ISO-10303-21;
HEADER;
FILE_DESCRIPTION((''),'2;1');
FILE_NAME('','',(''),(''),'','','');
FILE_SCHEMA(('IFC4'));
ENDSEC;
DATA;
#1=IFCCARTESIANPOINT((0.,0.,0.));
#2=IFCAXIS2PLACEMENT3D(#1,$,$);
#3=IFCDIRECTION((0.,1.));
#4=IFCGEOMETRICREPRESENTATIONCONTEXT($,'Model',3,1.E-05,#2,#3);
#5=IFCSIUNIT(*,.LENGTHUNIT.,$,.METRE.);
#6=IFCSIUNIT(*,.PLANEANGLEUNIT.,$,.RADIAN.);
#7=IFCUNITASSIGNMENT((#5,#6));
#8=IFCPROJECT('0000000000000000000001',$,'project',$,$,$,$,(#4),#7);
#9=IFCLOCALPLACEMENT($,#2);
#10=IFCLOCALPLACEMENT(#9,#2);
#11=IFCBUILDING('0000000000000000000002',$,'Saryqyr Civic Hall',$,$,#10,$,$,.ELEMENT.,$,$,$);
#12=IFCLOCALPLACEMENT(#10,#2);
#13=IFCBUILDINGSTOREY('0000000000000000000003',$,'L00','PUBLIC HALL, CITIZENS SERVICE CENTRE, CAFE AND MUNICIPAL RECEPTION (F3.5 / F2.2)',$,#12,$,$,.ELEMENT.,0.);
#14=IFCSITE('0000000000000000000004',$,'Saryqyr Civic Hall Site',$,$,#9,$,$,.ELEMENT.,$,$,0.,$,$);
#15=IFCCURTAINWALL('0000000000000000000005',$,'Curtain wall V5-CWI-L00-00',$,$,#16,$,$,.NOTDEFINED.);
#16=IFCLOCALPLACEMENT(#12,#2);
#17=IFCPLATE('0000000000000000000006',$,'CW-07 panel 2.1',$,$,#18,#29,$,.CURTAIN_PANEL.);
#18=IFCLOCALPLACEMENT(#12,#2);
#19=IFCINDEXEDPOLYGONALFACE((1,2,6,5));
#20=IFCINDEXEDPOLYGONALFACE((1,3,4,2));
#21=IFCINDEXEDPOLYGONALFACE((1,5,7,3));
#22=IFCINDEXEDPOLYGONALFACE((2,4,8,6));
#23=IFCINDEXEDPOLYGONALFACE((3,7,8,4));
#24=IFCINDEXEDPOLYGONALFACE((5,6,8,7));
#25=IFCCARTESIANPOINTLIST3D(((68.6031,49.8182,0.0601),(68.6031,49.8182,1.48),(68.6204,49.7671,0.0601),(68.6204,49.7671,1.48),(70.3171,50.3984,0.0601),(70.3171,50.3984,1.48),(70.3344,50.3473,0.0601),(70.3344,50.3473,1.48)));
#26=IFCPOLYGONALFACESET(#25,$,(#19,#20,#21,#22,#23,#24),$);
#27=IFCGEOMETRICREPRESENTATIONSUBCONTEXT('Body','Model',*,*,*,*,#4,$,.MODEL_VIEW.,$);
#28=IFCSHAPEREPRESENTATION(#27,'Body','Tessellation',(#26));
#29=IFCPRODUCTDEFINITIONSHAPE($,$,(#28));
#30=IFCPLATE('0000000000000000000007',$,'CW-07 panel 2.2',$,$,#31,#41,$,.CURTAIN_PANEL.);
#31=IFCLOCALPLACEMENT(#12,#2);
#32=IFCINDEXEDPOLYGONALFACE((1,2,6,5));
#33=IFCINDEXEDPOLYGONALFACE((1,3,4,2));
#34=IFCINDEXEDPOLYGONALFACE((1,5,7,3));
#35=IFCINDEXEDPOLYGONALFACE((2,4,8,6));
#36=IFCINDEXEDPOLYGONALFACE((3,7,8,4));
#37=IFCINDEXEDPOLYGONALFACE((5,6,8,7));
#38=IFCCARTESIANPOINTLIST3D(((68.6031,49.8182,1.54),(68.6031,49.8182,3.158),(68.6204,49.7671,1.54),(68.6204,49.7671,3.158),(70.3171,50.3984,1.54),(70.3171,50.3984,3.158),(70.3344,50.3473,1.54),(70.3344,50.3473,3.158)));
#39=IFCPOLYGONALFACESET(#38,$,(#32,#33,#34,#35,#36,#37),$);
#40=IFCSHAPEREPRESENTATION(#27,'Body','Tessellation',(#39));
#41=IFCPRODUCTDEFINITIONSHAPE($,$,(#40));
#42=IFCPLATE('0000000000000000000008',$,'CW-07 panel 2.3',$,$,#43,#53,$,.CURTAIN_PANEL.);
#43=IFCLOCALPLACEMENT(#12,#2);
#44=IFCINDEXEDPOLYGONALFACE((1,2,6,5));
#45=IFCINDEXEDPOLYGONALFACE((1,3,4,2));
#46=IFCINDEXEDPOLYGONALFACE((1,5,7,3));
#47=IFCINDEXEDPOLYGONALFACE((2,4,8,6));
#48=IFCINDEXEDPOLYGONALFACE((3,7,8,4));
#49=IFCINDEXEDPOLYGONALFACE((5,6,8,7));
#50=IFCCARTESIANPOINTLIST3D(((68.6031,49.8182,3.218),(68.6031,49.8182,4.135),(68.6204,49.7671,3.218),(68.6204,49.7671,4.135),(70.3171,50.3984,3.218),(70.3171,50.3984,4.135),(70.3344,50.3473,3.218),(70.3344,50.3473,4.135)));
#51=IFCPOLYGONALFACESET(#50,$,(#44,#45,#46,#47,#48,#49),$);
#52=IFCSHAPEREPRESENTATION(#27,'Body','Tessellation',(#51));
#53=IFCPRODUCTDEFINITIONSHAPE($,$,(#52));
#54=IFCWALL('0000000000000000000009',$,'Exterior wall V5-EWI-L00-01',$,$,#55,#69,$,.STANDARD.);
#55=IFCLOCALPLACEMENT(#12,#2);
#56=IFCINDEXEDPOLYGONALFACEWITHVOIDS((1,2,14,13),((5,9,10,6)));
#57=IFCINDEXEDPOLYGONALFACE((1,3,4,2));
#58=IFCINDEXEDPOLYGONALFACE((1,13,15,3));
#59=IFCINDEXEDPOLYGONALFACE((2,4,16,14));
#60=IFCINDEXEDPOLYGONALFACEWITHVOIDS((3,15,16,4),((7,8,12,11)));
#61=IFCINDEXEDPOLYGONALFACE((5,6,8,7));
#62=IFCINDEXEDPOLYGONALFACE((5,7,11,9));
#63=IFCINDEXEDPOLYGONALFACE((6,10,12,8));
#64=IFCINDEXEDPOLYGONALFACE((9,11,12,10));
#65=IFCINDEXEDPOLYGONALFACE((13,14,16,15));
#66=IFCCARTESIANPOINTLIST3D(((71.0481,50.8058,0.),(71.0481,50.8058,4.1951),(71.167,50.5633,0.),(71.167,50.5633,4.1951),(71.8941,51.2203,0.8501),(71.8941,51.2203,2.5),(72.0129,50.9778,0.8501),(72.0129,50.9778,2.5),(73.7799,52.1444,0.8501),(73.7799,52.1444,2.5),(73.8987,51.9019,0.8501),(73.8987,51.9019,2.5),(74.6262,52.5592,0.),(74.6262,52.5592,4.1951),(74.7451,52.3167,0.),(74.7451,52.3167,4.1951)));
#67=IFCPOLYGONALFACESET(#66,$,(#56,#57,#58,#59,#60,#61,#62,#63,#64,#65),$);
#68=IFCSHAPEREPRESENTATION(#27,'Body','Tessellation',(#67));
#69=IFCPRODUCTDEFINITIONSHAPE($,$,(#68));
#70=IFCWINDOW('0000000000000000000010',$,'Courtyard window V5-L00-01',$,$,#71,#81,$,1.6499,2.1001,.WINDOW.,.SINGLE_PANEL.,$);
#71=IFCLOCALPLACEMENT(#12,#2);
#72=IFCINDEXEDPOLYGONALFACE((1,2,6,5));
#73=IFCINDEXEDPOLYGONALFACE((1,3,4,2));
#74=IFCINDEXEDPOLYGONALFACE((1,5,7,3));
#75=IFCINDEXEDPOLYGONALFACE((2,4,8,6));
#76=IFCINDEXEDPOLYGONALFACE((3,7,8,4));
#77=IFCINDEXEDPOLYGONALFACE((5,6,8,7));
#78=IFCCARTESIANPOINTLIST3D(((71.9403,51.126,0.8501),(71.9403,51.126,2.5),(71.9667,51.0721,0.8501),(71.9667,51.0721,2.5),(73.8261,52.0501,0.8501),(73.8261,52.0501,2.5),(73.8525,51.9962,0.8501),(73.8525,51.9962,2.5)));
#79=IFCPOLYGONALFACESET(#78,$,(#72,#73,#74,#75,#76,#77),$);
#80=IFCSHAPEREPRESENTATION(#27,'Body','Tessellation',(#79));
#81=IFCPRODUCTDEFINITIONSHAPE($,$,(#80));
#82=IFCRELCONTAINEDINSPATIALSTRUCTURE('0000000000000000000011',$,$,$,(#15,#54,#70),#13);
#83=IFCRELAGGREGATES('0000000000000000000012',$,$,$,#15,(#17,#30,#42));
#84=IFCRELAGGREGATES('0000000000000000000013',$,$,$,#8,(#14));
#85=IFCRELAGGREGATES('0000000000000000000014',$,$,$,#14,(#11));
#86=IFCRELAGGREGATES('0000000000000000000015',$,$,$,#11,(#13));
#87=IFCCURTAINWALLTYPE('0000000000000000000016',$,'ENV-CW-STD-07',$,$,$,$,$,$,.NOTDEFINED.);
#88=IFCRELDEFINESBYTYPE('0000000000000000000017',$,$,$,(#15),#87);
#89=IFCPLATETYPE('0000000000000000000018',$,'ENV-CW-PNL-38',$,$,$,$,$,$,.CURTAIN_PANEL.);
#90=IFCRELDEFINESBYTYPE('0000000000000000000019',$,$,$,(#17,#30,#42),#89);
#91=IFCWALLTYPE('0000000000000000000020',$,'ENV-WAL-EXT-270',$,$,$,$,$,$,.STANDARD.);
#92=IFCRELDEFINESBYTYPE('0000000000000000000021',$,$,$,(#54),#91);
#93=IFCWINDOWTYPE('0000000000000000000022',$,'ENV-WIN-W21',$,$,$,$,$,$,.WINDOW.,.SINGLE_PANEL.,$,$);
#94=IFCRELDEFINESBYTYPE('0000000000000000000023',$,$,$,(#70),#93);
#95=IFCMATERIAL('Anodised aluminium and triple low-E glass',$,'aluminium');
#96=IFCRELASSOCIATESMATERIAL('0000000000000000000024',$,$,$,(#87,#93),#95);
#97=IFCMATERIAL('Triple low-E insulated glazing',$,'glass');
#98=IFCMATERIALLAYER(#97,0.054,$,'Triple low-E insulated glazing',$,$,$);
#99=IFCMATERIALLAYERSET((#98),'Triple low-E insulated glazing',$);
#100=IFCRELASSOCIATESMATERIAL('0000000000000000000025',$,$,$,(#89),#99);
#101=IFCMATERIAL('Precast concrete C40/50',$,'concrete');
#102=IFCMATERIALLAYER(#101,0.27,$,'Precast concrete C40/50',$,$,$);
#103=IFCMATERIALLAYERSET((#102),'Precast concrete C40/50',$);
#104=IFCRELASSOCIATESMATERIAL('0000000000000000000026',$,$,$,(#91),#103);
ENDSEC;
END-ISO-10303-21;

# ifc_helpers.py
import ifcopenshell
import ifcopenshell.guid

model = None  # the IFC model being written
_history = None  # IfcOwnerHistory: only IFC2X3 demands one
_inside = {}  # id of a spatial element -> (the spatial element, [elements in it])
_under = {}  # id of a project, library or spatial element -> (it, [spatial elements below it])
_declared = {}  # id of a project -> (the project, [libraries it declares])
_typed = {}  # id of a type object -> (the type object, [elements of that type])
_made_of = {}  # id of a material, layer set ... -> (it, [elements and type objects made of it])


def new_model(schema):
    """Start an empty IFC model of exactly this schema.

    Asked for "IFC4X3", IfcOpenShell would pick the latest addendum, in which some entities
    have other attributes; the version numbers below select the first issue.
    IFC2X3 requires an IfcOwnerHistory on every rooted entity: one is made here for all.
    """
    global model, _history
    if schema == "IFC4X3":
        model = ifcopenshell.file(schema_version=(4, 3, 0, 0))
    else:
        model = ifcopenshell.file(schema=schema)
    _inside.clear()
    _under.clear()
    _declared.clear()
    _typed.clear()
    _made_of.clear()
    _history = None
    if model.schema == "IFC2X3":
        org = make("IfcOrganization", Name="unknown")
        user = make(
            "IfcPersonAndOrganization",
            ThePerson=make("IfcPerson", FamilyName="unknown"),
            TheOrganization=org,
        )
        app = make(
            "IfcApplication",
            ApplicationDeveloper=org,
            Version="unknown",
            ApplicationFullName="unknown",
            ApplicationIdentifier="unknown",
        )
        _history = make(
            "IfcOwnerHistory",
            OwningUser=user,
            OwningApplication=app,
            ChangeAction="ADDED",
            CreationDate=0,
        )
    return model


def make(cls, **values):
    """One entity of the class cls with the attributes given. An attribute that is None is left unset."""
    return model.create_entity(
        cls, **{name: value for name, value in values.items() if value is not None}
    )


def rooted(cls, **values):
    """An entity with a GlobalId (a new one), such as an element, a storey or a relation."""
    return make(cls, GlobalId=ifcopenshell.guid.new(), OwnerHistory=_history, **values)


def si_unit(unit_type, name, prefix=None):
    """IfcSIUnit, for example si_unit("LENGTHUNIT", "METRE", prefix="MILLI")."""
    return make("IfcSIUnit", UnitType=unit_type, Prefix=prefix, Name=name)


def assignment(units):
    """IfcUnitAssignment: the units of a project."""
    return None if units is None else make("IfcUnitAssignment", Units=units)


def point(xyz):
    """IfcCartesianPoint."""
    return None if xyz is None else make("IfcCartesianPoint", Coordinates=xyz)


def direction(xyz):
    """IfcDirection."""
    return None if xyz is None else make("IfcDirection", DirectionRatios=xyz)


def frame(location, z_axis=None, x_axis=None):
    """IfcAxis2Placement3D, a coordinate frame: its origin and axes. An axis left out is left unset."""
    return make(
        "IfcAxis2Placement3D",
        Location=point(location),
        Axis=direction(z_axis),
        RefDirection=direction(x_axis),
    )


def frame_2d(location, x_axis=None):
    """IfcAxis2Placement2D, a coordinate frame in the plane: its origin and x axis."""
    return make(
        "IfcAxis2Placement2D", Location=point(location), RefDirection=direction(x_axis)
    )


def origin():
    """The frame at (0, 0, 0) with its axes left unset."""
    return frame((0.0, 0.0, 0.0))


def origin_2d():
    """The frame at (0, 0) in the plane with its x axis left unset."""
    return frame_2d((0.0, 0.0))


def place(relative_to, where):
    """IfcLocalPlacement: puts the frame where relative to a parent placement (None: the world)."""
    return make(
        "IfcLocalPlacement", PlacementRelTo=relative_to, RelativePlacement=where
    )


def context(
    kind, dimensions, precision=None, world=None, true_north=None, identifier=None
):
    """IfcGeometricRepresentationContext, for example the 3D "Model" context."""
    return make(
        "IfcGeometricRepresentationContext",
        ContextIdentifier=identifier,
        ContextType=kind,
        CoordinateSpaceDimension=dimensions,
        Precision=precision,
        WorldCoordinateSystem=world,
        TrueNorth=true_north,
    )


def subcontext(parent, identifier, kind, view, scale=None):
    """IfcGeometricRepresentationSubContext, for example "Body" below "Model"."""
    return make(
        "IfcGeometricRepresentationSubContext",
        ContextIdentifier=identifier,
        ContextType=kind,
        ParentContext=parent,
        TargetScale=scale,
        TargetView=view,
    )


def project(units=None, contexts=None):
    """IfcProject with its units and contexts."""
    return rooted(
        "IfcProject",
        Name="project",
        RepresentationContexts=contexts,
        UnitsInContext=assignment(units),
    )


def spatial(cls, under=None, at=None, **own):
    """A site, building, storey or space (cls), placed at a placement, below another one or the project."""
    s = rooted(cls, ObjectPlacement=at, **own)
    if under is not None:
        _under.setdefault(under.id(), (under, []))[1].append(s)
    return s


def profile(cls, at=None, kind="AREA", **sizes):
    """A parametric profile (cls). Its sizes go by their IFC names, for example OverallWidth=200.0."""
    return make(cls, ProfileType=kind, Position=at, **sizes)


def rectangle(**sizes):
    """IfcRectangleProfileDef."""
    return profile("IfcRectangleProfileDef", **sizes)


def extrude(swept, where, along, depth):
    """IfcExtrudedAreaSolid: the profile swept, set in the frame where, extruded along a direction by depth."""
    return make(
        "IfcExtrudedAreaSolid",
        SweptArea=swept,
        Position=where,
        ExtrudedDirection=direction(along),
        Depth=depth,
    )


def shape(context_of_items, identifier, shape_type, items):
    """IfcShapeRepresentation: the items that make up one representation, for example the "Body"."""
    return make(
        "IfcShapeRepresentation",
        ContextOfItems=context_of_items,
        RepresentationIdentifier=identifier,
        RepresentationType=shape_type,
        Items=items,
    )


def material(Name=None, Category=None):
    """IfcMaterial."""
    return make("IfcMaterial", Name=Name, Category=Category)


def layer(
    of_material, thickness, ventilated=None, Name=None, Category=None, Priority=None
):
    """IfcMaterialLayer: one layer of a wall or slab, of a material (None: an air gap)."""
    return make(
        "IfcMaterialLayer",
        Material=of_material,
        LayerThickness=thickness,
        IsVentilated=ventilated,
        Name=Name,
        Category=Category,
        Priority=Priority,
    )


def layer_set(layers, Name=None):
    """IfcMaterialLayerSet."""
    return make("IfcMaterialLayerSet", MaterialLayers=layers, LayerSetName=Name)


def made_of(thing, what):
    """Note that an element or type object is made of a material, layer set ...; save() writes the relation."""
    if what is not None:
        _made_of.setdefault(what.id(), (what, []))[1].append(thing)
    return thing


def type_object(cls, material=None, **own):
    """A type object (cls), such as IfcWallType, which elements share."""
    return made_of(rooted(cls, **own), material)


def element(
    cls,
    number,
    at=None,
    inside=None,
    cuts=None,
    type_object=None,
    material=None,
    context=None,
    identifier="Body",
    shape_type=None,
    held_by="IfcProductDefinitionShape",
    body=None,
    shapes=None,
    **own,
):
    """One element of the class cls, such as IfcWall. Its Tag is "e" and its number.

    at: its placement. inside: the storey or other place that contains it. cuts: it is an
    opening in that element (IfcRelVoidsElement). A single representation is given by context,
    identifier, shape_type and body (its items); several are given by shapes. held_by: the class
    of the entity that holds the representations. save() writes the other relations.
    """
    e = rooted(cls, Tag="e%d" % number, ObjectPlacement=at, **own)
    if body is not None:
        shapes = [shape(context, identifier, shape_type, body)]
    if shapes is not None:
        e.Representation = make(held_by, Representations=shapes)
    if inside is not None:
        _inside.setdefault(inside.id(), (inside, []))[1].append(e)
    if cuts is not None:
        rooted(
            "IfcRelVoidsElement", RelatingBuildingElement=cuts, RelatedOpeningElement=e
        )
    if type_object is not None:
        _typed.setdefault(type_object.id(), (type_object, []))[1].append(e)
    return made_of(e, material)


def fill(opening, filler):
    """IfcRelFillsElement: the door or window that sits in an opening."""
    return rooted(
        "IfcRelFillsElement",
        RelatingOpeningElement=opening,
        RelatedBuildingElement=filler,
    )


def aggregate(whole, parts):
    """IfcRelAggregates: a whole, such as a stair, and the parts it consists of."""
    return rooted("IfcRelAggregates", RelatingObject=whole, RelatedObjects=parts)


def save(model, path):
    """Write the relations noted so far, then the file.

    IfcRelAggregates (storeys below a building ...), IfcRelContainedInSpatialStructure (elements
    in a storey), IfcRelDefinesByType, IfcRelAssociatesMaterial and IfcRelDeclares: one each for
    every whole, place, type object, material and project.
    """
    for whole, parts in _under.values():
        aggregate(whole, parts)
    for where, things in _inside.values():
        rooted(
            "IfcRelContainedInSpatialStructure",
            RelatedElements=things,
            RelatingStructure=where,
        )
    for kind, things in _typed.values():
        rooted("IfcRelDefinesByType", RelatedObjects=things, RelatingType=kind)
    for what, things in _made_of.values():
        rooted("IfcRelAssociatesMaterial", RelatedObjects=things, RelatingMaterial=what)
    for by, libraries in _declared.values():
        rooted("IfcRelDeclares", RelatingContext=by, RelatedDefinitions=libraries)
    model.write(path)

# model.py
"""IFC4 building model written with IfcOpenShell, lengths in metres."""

from ifc_helpers import new_model, si_unit, direction, frame, frame_2d, origin, origin_2d, place, context, subcontext, project, spatial, rectangle, extrude, material, layer, layer_set, type_object, element, fill, aggregate, save


model = new_model("IFC4")

# Units and contexts
model_context = context("Model", 3, precision=1e-05, world=origin(), true_north=direction((0.0, 1.0)))
body_context = subcontext(model_context, "Body", "Model", "MODEL_VIEW")
ifc_project = project(units=[si_unit("LENGTHUNIT", "METRE"), si_unit("PLANEANGLEUNIT", "RADIAN")], contexts=[model_context])

# Site, building, storey
site_placement = place(None, origin())
site = spatial("IfcSite", under=ifc_project, at=site_placement, Name="Saryqyr Civic Hall Site", CompositionType="ELEMENT", RefElevation=0.0)
building_placement = place(site_placement, origin())
building = spatial("IfcBuilding", under=site, at=building_placement, Name="Saryqyr Civic Hall", CompositionType="ELEMENT")
storey_placement = place(building_placement, origin())
storey = spatial("IfcBuildingStorey", under=building, at=storey_placement, Name="L00", Description="PUBLIC HALL, CITIZENS SERVICE CENTRE, CAFE AND MUNICIPAL RECEPTION (F3.5 / F2.2)", CompositionType="ELEMENT", Elevation=0.0)

# Curtain wall
ifc_material_1 = material(Name="Anodised aluminium and triple low-E glass", Category="aluminium")
curtain_wall_type_1 = type_object("IfcCurtainWallType", Name="ENV-CW-STD-07", PredefinedType="NOTDEFINED", material=ifc_material_1)
curtain_wall_1_placement = place(storey_placement, origin())
curtain_wall_1 = element("IfcCurtainWall", 1, at=curtain_wall_1_placement, inside=storey, type_object=curtain_wall_type_1, Name="Curtain wall V5-CWI-L00-00", PredefinedType="NOTDEFINED")

# Plates
ifc_material_2 = material(Name="Triple low-E insulated glazing", Category="glass")
ifc_layer_1 = layer(ifc_material_2, 0.054, Name="Triple low-E insulated glazing")
ifc_layer_set_1 = layer_set([ifc_layer_1], Name="Triple low-E insulated glazing")
plate_type = type_object("IfcPlateType", Name="ENV-CW-PNL-38", PredefinedType="CURTAIN_PANEL", material=ifc_layer_set_1)
plate_1_placement = place(storey_placement, frame((69.4688, 50.0828, 0.0601), z_axis=(0.0, 0.0, 1.0), x_axis=(0.947204, 0.320631, 0.0)))
plate_1 = element("IfcPlate", 2, at=plate_1_placement, type_object=plate_type, Name="CW-07 panel 2.1", PredefinedType="CURTAIN_PANEL", context=body_context, shape_type="SweptSolid", body=[
    extrude(rectangle(XDim=1.8096, YDim=0.054, at=origin_2d()), origin(), (0.0, 0.0, 1.0), 1.4199),
])
plate_2_placement = place(storey_placement, frame((69.4688, 50.0828, 1.54), z_axis=(0.0, 0.0, 1.0), x_axis=(0.947204, 0.320631, 0.0)))
plate_2 = element("IfcPlate", 3, at=plate_2_placement, type_object=plate_type, Name="CW-07 panel 2.2", PredefinedType="CURTAIN_PANEL", context=body_context, shape_type="SweptSolid", body=[
    extrude(rectangle(XDim=1.8096, YDim=0.054, at=origin_2d()), origin(), (0.0, 0.0, 1.0), 1.6179),
])
plate_3_placement = place(storey_placement, frame((69.4688, 50.0828, 3.218), z_axis=(0.0, 0.0, 1.0), x_axis=(0.947204, 0.320631, 0.0)))
plate_3 = element("IfcPlate", 4, at=plate_3_placement, type_object=plate_type, Name="CW-07 panel 2.3", PredefinedType="CURTAIN_PANEL", context=body_context, shape_type="SweptSolid", body=[
    extrude(rectangle(XDim=1.8096, YDim=0.054, at=origin_2d()), origin(), (0.0, 0.0, 1.0), 0.917),
])
aggregate(curtain_wall_1, [plate_1, plate_2, plate_3])

# Wall, opening, window
ifc_material_3 = material(Name="Precast concrete C40/50", Category="concrete")
ifc_layer_2 = layer(ifc_material_3, 0.27, Name="Precast concrete C40/50")
ifc_layer_set_2 = layer_set([ifc_layer_2], Name="Precast concrete C40/50")
wall_type = type_object("IfcWallType", Name="ENV-WAL-EXT-270", PredefinedType="STANDARD", material=ifc_layer_set_2)
wall_placement = place(storey_placement, frame((71.1077, 50.6846, 0.0), z_axis=(0.0, 0.0, 1.0), x_axis=(0.897977, 0.440043, 0.0)))
wall = element("IfcWall", 5, at=wall_placement, inside=storey, type_object=wall_type, Name="Exterior wall V5-EWI-L00-01", PredefinedType="STANDARD", context=body_context, shape_type="SweptSolid", body=[
    extrude(rectangle(XDim=3.9846, YDim=0.27, at=frame_2d((1.9922, 0.0))), origin(), (0.0, 0.0, 1.0), 4.1951),
])
opening_placement = place(wall_placement, frame((0.9419, 0.0, 0.8501)))
opening = element("IfcOpeningElement", 6, at=opening_placement, cuts=wall, PredefinedType="OPENING", context=body_context, shape_type="SweptSolid", body=[
    extrude(rectangle(XDim=2.1001, YDim=1.6499, at=frame_2d((1.05, 0.825))), frame((0.0, 0.145, 0.0), z_axis=(0.0, -1.0, 0.0), x_axis=(1.0, 0.0, 0.0)), (0.0, 0.0, 1.0), 0.29),
])
window_type = type_object("IfcWindowType", Name="ENV-WIN-W21", PartitioningType="SINGLE_PANEL", PredefinedType="WINDOW", material=ifc_material_1)
window_placement = place(opening_placement, origin())
window = element("IfcWindow", 7, at=window_placement, inside=storey, type_object=window_type, Name="Courtyard window V5-L00-01", OverallHeight=1.6499, OverallWidth=2.1001, PartitioningType="SINGLE_PANEL", PredefinedType="WINDOW", context=body_context, shape_type="SweptSolid", body=[
    extrude(rectangle(XDim=2.1001, YDim=1.6499, at=frame_2d((1.05, 0.825))), frame((0.0, 0.03, 0.0), z_axis=(0.0, -1.0, 0.0), x_axis=(1.0, 0.0, 0.0)), (0.0, 0.0, 1.0), 0.0601),
])
fill(opening, window)

save(model, "model.ifc")
